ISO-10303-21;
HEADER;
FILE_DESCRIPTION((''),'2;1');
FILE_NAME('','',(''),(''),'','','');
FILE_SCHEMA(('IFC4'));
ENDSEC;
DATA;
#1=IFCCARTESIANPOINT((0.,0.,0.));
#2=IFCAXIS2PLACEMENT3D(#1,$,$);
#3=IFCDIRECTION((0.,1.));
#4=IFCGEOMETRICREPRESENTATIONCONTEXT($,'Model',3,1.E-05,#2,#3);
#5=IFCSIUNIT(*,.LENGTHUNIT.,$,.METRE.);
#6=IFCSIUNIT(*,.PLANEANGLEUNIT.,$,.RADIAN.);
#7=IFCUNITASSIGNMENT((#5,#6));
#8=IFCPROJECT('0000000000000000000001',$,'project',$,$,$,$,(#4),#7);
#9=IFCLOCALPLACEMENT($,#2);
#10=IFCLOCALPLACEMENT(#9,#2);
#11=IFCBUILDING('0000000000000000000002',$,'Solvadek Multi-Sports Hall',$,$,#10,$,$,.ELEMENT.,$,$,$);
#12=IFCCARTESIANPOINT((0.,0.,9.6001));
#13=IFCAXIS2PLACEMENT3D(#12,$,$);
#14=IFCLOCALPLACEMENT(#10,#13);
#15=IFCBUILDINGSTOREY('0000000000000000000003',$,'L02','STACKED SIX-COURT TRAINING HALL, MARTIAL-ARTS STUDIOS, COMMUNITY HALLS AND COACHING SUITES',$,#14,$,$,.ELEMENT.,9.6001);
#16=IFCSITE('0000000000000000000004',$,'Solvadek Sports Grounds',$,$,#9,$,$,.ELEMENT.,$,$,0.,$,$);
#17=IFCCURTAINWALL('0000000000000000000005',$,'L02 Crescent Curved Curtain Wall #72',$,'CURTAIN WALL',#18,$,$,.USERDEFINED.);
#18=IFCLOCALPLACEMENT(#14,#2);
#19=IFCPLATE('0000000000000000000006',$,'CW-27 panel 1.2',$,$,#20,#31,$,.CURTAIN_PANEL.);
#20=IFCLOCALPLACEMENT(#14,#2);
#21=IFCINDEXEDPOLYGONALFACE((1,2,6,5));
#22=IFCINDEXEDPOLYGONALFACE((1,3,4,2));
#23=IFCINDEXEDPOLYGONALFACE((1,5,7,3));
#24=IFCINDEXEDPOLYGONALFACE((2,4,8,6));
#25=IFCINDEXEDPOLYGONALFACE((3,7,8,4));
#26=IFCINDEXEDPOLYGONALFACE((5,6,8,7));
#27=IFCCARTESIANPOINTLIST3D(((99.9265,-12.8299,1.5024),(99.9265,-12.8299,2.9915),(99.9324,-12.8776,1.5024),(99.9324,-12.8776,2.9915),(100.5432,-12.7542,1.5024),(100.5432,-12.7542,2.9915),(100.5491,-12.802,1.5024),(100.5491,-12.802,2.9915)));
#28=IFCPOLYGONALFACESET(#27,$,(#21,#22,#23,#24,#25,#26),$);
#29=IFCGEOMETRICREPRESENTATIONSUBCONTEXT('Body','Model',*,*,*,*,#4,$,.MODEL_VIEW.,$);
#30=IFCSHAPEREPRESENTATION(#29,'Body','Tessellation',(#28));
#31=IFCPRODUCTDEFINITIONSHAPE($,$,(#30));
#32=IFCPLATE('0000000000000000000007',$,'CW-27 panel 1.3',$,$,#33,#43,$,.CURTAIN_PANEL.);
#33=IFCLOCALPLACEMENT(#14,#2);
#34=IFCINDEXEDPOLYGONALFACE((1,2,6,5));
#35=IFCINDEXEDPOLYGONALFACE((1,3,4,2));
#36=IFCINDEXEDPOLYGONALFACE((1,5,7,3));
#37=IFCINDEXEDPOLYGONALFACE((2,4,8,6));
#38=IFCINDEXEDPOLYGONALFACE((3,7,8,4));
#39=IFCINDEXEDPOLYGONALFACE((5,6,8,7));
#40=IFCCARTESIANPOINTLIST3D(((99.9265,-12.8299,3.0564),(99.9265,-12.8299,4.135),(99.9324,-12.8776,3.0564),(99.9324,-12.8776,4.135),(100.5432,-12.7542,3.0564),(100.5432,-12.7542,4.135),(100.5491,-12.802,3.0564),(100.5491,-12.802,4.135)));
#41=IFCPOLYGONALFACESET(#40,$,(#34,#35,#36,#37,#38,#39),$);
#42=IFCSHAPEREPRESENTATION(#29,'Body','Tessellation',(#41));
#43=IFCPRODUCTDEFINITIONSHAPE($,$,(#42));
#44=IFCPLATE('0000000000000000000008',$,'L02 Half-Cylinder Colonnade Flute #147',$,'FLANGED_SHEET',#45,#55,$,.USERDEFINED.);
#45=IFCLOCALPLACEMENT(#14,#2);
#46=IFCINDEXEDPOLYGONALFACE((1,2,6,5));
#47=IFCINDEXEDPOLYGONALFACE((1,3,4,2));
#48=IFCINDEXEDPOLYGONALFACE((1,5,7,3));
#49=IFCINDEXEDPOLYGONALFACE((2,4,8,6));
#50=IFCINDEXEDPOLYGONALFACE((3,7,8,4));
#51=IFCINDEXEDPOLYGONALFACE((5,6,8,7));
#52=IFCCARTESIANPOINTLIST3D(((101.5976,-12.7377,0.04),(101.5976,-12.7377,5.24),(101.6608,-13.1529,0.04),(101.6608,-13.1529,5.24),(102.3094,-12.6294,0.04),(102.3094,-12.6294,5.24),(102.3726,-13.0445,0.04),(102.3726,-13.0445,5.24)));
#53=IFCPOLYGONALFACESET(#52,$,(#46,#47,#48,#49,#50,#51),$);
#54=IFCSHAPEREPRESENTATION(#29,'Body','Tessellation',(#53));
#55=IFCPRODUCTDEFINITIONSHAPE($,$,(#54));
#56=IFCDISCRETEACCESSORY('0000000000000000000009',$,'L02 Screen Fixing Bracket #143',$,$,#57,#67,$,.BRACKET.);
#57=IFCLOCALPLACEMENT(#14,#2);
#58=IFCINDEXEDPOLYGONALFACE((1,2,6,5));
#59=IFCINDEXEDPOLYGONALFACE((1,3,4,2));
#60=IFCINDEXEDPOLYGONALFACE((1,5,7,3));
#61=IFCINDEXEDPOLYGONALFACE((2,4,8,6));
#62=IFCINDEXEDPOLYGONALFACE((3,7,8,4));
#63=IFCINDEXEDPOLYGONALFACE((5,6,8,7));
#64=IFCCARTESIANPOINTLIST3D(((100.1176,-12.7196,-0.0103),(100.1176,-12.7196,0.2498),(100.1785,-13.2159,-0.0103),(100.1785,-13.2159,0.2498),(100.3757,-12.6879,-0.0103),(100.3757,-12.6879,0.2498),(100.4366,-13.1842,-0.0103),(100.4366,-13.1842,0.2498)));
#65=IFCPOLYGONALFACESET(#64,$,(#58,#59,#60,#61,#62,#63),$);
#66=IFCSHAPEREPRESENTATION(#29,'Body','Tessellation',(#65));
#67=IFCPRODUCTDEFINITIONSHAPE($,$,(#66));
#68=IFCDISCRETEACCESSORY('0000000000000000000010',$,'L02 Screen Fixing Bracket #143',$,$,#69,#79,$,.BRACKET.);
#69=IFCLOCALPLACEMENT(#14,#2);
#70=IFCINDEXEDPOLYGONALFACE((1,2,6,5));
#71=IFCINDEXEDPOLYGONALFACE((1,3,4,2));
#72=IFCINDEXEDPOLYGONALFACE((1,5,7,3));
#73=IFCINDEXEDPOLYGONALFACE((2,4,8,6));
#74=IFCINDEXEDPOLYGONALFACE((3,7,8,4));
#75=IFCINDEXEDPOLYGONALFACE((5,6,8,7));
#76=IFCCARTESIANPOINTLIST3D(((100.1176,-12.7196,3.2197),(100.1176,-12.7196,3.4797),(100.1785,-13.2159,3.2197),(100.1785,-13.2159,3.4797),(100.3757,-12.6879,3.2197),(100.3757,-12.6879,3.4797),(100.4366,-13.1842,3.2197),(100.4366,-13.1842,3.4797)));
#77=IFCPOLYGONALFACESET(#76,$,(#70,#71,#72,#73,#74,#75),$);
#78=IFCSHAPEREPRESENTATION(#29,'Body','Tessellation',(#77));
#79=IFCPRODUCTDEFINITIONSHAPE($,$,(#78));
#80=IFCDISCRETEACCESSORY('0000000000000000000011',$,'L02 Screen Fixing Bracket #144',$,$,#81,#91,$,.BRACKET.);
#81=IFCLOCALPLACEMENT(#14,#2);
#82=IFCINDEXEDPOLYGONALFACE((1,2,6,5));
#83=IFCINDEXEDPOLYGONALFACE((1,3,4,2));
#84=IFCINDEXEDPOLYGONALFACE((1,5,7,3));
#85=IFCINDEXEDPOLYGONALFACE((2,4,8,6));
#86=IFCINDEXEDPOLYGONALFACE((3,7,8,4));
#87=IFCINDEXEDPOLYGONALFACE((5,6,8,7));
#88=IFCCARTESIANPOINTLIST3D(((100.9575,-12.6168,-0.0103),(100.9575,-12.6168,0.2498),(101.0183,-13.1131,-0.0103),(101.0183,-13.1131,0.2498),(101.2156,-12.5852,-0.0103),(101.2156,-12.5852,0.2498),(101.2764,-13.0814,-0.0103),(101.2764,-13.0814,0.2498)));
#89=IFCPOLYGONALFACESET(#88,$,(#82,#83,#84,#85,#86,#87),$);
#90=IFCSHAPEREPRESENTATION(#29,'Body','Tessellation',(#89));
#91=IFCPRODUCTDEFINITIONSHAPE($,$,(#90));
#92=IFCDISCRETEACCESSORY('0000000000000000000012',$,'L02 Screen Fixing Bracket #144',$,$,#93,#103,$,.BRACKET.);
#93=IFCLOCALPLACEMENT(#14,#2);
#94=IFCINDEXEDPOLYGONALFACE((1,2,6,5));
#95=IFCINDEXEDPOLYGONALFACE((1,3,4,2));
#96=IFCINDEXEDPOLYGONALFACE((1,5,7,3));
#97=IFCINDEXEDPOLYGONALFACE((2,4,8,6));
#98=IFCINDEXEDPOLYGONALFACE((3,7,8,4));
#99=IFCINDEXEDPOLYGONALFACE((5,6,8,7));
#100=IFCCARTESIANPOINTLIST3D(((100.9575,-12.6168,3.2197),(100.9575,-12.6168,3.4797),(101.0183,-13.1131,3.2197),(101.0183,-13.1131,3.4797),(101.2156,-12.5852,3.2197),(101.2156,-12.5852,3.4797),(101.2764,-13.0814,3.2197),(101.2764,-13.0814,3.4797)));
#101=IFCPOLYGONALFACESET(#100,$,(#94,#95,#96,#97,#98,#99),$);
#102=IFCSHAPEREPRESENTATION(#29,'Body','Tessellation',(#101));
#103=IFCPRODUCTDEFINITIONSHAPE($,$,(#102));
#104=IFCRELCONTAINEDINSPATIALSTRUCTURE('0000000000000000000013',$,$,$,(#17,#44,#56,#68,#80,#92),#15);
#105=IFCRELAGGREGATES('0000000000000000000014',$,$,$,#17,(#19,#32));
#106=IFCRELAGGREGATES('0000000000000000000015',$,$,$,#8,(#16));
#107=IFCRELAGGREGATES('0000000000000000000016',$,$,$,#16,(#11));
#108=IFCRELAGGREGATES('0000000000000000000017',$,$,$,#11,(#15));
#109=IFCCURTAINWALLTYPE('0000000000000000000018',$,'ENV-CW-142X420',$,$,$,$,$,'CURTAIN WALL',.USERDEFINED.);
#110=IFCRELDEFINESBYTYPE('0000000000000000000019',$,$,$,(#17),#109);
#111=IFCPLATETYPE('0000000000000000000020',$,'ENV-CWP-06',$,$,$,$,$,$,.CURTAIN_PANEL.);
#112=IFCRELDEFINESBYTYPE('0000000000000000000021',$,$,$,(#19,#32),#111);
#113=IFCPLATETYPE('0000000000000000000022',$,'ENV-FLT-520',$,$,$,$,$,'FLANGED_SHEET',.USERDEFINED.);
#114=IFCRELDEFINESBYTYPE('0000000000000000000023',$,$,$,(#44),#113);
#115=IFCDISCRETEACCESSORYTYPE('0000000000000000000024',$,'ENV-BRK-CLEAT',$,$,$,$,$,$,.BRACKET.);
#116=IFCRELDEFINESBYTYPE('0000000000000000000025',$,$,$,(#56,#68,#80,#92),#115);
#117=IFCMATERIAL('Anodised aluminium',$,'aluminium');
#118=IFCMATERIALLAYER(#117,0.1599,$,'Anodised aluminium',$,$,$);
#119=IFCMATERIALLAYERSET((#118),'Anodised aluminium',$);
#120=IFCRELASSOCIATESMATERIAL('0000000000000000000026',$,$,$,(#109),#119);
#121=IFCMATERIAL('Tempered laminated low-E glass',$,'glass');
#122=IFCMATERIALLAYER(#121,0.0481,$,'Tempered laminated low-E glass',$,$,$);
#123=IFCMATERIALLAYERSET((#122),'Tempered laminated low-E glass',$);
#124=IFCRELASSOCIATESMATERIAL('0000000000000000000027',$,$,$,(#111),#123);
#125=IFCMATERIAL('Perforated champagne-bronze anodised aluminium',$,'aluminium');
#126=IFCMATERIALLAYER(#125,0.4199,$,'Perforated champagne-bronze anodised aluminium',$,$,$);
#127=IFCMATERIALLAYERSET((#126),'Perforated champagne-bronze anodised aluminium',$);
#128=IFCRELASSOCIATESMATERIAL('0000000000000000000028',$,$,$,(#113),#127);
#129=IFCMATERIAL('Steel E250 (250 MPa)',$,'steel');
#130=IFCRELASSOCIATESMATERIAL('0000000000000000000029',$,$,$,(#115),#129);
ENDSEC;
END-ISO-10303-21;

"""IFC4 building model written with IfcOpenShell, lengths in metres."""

from ifc_helpers import new_model, si_unit, direction, frame, origin, origin_2d, place, context, subcontext, project, spatial, rectangle, extrude, material, layer, layer_set, type_object, element, aggregate, save


model = new_model("IFC4")

# Units and contexts
model_context = context("Model", 3, precision=1e-05, world=origin(), true_north=direction((0.0, 1.0)))
body_context = subcontext(model_context, "Body", "Model", "MODEL_VIEW")
ifc_project = project(units=[si_unit("LENGTHUNIT", "METRE"), si_unit("PLANEANGLEUNIT", "RADIAN")], contexts=[model_context])

# Site, building, storey
site_placement = place(None, origin())
site = spatial("IfcSite", under=ifc_project, at=site_placement, Name="Solvadek Sports Grounds", CompositionType="ELEMENT", RefElevation=0.0)
building_placement = place(site_placement, origin())
building = spatial("IfcBuilding", under=site, at=building_placement, Name="Solvadek Multi-Sports Hall", CompositionType="ELEMENT")
storey_placement = place(building_placement, frame((0.0, 0.0, 9.6001)))
storey = spatial("IfcBuildingStorey", under=building, at=storey_placement, Name="L02", Description="STACKED SIX-COURT TRAINING HALL, MARTIAL-ARTS STUDIOS, COMMUNITY HALLS AND COACHING SUITES", CompositionType="ELEMENT", Elevation=9.6001)

# Curtain wall
ifc_material_1 = material(Name="Anodised aluminium", Category="aluminium")
ifc_layer_1 = layer(ifc_material_1, 0.1599, Name="Anodised aluminium")
ifc_layer_set_1 = layer_set([ifc_layer_1], Name="Anodised aluminium")
curtain_wall_type_1 = type_object("IfcCurtainWallType", Name="ENV-CW-142X420", ElementType="CURTAIN WALL", PredefinedType="USERDEFINED", material=ifc_layer_set_1)
curtain_wall_1_placement = place(storey_placement, origin())
curtain_wall_1 = element("IfcCurtainWall", 1, at=curtain_wall_1_placement, inside=storey, type_object=curtain_wall_type_1, Name="L02 Crescent Curved Curtain Wall #72", ObjectType="CURTAIN WALL", PredefinedType="USERDEFINED")

# Plates
ifc_material_2 = material(Name="Tempered laminated low-E glass", Category="glass")
ifc_layer_2 = layer(ifc_material_2, 0.0481, Name="Tempered laminated low-E glass")
ifc_layer_set_2 = layer_set([ifc_layer_2], Name="Tempered laminated low-E glass")
plate_type_1 = type_object("IfcPlateType", Name="ENV-CWP-06", PredefinedType="CURTAIN_PANEL", material=ifc_layer_set_2)
plate_1_placement = place(storey_placement, frame((100.2378, -12.8159, 1.5024), z_axis=(0.0, 0.0, 1.0), x_axis=(0.992569, 0.121681, 0.0)))
plate_1 = element("IfcPlate", 2, at=plate_1_placement, type_object=plate_type_1, Name="CW-27 panel 1.2", PredefinedType="CURTAIN_PANEL", context=body_context, shape_type="SweptSolid", body=[
    extrude(rectangle(XDim=0.6213, YDim=0.0481, at=origin_2d()), origin(), (0.0, 0.0, 1.0), 1.489),
])
plate_2_placement = place(storey_placement, frame((100.2378, -12.8159, 3.0564), z_axis=(0.0, 0.0, 1.0), x_axis=(0.992569, 0.121681, 0.0)))
plate_2 = element("IfcPlate", 3, at=plate_2_placement, type_object=plate_type_1, Name="CW-27 panel 1.3", PredefinedType="CURTAIN_PANEL", context=body_context, shape_type="SweptSolid", body=[
    extrude(rectangle(XDim=0.6213, YDim=0.0481, at=origin_2d()), origin(), (0.0, 0.0, 1.0), 1.0786),
])
aggregate(curtain_wall_1, [plate_1, plate_2])
ifc_material_3 = material(Name="Perforated champagne-bronze anodised aluminium", Category="aluminium")
ifc_layer_3 = layer(ifc_material_3, 0.4199, Name="Perforated champagne-bronze anodised aluminium")
ifc_layer_set_3 = layer_set([ifc_layer_3], Name="Perforated champagne-bronze anodised aluminium")
plate_type_2 = type_object("IfcPlateType", Name="ENV-FLT-520", ElementType="FLANGED_SHEET", PredefinedType="USERDEFINED", material=ifc_layer_set_3)
plate_3_placement = place(storey_placement, frame((101.9851, -12.8911, 0.04), z_axis=(0.0, 0.0, 1.0), x_axis=(0.988606, 0.150527, 0.0)))
element("IfcPlate", 4, at=plate_3_placement, inside=storey, type_object=plate_type_2, Name="L02 Half-Cylinder Colonnade Flute #147", ObjectType="FLANGED_SHEET", PredefinedType="USERDEFINED", context=body_context, shape_type="SweptSolid", body=[
    extrude(rectangle(XDim=0.72, YDim=0.4199, at=origin_2d()), origin(), (0.0, 0.0, 1.0), 5.2),
])

# Discrete accessories
ifc_material_4 = material(Name="Steel E250 (250 MPa)", Category="steel")
discrete_accessory_type = type_object("IfcDiscreteAccessoryType", Name="ENV-BRK-CLEAT", PredefinedType="BRACKET", material=ifc_material_4)
for number, where, z_axis, x_axis, name in (
    (5, (100.2771, -12.9519, -0.0103), (0.0, 0.0, 1.0), (0.992573, 0.121649, 0.0), "L02 Screen Fixing Bracket #143"),
    (6, (100.2771, -12.9519, 3.2197), (0.0, 0.0, 1.0), (0.992573, 0.121649, 0.0), "L02 Screen Fixing Bracket #143"),
    (7, (101.1169, -12.8491, -0.0103), (0.0, 0.0, 1.0), (0.992573, 0.121649, 0.0), "L02 Screen Fixing Bracket #144"),
    (8, (101.1169, -12.8491, 3.2197), (0.0, 0.0, 1.0), (0.992573, 0.121649, 0.0), "L02 Screen Fixing Bracket #144"),
):
    element("IfcDiscreteAccessory", number, at=place(storey_placement, frame(where, z_axis=z_axis, x_axis=x_axis)), inside=storey, type_object=discrete_accessory_type, Name=name, PredefinedType="BRACKET", context=body_context, shape_type="SweptSolid", body=[
        extrude(rectangle(XDim=0.26, YDim=0.5, at=origin_2d()), origin(), (0.0, 0.0, 1.0), 0.26),
    ])

save(model, "model.ifc")
